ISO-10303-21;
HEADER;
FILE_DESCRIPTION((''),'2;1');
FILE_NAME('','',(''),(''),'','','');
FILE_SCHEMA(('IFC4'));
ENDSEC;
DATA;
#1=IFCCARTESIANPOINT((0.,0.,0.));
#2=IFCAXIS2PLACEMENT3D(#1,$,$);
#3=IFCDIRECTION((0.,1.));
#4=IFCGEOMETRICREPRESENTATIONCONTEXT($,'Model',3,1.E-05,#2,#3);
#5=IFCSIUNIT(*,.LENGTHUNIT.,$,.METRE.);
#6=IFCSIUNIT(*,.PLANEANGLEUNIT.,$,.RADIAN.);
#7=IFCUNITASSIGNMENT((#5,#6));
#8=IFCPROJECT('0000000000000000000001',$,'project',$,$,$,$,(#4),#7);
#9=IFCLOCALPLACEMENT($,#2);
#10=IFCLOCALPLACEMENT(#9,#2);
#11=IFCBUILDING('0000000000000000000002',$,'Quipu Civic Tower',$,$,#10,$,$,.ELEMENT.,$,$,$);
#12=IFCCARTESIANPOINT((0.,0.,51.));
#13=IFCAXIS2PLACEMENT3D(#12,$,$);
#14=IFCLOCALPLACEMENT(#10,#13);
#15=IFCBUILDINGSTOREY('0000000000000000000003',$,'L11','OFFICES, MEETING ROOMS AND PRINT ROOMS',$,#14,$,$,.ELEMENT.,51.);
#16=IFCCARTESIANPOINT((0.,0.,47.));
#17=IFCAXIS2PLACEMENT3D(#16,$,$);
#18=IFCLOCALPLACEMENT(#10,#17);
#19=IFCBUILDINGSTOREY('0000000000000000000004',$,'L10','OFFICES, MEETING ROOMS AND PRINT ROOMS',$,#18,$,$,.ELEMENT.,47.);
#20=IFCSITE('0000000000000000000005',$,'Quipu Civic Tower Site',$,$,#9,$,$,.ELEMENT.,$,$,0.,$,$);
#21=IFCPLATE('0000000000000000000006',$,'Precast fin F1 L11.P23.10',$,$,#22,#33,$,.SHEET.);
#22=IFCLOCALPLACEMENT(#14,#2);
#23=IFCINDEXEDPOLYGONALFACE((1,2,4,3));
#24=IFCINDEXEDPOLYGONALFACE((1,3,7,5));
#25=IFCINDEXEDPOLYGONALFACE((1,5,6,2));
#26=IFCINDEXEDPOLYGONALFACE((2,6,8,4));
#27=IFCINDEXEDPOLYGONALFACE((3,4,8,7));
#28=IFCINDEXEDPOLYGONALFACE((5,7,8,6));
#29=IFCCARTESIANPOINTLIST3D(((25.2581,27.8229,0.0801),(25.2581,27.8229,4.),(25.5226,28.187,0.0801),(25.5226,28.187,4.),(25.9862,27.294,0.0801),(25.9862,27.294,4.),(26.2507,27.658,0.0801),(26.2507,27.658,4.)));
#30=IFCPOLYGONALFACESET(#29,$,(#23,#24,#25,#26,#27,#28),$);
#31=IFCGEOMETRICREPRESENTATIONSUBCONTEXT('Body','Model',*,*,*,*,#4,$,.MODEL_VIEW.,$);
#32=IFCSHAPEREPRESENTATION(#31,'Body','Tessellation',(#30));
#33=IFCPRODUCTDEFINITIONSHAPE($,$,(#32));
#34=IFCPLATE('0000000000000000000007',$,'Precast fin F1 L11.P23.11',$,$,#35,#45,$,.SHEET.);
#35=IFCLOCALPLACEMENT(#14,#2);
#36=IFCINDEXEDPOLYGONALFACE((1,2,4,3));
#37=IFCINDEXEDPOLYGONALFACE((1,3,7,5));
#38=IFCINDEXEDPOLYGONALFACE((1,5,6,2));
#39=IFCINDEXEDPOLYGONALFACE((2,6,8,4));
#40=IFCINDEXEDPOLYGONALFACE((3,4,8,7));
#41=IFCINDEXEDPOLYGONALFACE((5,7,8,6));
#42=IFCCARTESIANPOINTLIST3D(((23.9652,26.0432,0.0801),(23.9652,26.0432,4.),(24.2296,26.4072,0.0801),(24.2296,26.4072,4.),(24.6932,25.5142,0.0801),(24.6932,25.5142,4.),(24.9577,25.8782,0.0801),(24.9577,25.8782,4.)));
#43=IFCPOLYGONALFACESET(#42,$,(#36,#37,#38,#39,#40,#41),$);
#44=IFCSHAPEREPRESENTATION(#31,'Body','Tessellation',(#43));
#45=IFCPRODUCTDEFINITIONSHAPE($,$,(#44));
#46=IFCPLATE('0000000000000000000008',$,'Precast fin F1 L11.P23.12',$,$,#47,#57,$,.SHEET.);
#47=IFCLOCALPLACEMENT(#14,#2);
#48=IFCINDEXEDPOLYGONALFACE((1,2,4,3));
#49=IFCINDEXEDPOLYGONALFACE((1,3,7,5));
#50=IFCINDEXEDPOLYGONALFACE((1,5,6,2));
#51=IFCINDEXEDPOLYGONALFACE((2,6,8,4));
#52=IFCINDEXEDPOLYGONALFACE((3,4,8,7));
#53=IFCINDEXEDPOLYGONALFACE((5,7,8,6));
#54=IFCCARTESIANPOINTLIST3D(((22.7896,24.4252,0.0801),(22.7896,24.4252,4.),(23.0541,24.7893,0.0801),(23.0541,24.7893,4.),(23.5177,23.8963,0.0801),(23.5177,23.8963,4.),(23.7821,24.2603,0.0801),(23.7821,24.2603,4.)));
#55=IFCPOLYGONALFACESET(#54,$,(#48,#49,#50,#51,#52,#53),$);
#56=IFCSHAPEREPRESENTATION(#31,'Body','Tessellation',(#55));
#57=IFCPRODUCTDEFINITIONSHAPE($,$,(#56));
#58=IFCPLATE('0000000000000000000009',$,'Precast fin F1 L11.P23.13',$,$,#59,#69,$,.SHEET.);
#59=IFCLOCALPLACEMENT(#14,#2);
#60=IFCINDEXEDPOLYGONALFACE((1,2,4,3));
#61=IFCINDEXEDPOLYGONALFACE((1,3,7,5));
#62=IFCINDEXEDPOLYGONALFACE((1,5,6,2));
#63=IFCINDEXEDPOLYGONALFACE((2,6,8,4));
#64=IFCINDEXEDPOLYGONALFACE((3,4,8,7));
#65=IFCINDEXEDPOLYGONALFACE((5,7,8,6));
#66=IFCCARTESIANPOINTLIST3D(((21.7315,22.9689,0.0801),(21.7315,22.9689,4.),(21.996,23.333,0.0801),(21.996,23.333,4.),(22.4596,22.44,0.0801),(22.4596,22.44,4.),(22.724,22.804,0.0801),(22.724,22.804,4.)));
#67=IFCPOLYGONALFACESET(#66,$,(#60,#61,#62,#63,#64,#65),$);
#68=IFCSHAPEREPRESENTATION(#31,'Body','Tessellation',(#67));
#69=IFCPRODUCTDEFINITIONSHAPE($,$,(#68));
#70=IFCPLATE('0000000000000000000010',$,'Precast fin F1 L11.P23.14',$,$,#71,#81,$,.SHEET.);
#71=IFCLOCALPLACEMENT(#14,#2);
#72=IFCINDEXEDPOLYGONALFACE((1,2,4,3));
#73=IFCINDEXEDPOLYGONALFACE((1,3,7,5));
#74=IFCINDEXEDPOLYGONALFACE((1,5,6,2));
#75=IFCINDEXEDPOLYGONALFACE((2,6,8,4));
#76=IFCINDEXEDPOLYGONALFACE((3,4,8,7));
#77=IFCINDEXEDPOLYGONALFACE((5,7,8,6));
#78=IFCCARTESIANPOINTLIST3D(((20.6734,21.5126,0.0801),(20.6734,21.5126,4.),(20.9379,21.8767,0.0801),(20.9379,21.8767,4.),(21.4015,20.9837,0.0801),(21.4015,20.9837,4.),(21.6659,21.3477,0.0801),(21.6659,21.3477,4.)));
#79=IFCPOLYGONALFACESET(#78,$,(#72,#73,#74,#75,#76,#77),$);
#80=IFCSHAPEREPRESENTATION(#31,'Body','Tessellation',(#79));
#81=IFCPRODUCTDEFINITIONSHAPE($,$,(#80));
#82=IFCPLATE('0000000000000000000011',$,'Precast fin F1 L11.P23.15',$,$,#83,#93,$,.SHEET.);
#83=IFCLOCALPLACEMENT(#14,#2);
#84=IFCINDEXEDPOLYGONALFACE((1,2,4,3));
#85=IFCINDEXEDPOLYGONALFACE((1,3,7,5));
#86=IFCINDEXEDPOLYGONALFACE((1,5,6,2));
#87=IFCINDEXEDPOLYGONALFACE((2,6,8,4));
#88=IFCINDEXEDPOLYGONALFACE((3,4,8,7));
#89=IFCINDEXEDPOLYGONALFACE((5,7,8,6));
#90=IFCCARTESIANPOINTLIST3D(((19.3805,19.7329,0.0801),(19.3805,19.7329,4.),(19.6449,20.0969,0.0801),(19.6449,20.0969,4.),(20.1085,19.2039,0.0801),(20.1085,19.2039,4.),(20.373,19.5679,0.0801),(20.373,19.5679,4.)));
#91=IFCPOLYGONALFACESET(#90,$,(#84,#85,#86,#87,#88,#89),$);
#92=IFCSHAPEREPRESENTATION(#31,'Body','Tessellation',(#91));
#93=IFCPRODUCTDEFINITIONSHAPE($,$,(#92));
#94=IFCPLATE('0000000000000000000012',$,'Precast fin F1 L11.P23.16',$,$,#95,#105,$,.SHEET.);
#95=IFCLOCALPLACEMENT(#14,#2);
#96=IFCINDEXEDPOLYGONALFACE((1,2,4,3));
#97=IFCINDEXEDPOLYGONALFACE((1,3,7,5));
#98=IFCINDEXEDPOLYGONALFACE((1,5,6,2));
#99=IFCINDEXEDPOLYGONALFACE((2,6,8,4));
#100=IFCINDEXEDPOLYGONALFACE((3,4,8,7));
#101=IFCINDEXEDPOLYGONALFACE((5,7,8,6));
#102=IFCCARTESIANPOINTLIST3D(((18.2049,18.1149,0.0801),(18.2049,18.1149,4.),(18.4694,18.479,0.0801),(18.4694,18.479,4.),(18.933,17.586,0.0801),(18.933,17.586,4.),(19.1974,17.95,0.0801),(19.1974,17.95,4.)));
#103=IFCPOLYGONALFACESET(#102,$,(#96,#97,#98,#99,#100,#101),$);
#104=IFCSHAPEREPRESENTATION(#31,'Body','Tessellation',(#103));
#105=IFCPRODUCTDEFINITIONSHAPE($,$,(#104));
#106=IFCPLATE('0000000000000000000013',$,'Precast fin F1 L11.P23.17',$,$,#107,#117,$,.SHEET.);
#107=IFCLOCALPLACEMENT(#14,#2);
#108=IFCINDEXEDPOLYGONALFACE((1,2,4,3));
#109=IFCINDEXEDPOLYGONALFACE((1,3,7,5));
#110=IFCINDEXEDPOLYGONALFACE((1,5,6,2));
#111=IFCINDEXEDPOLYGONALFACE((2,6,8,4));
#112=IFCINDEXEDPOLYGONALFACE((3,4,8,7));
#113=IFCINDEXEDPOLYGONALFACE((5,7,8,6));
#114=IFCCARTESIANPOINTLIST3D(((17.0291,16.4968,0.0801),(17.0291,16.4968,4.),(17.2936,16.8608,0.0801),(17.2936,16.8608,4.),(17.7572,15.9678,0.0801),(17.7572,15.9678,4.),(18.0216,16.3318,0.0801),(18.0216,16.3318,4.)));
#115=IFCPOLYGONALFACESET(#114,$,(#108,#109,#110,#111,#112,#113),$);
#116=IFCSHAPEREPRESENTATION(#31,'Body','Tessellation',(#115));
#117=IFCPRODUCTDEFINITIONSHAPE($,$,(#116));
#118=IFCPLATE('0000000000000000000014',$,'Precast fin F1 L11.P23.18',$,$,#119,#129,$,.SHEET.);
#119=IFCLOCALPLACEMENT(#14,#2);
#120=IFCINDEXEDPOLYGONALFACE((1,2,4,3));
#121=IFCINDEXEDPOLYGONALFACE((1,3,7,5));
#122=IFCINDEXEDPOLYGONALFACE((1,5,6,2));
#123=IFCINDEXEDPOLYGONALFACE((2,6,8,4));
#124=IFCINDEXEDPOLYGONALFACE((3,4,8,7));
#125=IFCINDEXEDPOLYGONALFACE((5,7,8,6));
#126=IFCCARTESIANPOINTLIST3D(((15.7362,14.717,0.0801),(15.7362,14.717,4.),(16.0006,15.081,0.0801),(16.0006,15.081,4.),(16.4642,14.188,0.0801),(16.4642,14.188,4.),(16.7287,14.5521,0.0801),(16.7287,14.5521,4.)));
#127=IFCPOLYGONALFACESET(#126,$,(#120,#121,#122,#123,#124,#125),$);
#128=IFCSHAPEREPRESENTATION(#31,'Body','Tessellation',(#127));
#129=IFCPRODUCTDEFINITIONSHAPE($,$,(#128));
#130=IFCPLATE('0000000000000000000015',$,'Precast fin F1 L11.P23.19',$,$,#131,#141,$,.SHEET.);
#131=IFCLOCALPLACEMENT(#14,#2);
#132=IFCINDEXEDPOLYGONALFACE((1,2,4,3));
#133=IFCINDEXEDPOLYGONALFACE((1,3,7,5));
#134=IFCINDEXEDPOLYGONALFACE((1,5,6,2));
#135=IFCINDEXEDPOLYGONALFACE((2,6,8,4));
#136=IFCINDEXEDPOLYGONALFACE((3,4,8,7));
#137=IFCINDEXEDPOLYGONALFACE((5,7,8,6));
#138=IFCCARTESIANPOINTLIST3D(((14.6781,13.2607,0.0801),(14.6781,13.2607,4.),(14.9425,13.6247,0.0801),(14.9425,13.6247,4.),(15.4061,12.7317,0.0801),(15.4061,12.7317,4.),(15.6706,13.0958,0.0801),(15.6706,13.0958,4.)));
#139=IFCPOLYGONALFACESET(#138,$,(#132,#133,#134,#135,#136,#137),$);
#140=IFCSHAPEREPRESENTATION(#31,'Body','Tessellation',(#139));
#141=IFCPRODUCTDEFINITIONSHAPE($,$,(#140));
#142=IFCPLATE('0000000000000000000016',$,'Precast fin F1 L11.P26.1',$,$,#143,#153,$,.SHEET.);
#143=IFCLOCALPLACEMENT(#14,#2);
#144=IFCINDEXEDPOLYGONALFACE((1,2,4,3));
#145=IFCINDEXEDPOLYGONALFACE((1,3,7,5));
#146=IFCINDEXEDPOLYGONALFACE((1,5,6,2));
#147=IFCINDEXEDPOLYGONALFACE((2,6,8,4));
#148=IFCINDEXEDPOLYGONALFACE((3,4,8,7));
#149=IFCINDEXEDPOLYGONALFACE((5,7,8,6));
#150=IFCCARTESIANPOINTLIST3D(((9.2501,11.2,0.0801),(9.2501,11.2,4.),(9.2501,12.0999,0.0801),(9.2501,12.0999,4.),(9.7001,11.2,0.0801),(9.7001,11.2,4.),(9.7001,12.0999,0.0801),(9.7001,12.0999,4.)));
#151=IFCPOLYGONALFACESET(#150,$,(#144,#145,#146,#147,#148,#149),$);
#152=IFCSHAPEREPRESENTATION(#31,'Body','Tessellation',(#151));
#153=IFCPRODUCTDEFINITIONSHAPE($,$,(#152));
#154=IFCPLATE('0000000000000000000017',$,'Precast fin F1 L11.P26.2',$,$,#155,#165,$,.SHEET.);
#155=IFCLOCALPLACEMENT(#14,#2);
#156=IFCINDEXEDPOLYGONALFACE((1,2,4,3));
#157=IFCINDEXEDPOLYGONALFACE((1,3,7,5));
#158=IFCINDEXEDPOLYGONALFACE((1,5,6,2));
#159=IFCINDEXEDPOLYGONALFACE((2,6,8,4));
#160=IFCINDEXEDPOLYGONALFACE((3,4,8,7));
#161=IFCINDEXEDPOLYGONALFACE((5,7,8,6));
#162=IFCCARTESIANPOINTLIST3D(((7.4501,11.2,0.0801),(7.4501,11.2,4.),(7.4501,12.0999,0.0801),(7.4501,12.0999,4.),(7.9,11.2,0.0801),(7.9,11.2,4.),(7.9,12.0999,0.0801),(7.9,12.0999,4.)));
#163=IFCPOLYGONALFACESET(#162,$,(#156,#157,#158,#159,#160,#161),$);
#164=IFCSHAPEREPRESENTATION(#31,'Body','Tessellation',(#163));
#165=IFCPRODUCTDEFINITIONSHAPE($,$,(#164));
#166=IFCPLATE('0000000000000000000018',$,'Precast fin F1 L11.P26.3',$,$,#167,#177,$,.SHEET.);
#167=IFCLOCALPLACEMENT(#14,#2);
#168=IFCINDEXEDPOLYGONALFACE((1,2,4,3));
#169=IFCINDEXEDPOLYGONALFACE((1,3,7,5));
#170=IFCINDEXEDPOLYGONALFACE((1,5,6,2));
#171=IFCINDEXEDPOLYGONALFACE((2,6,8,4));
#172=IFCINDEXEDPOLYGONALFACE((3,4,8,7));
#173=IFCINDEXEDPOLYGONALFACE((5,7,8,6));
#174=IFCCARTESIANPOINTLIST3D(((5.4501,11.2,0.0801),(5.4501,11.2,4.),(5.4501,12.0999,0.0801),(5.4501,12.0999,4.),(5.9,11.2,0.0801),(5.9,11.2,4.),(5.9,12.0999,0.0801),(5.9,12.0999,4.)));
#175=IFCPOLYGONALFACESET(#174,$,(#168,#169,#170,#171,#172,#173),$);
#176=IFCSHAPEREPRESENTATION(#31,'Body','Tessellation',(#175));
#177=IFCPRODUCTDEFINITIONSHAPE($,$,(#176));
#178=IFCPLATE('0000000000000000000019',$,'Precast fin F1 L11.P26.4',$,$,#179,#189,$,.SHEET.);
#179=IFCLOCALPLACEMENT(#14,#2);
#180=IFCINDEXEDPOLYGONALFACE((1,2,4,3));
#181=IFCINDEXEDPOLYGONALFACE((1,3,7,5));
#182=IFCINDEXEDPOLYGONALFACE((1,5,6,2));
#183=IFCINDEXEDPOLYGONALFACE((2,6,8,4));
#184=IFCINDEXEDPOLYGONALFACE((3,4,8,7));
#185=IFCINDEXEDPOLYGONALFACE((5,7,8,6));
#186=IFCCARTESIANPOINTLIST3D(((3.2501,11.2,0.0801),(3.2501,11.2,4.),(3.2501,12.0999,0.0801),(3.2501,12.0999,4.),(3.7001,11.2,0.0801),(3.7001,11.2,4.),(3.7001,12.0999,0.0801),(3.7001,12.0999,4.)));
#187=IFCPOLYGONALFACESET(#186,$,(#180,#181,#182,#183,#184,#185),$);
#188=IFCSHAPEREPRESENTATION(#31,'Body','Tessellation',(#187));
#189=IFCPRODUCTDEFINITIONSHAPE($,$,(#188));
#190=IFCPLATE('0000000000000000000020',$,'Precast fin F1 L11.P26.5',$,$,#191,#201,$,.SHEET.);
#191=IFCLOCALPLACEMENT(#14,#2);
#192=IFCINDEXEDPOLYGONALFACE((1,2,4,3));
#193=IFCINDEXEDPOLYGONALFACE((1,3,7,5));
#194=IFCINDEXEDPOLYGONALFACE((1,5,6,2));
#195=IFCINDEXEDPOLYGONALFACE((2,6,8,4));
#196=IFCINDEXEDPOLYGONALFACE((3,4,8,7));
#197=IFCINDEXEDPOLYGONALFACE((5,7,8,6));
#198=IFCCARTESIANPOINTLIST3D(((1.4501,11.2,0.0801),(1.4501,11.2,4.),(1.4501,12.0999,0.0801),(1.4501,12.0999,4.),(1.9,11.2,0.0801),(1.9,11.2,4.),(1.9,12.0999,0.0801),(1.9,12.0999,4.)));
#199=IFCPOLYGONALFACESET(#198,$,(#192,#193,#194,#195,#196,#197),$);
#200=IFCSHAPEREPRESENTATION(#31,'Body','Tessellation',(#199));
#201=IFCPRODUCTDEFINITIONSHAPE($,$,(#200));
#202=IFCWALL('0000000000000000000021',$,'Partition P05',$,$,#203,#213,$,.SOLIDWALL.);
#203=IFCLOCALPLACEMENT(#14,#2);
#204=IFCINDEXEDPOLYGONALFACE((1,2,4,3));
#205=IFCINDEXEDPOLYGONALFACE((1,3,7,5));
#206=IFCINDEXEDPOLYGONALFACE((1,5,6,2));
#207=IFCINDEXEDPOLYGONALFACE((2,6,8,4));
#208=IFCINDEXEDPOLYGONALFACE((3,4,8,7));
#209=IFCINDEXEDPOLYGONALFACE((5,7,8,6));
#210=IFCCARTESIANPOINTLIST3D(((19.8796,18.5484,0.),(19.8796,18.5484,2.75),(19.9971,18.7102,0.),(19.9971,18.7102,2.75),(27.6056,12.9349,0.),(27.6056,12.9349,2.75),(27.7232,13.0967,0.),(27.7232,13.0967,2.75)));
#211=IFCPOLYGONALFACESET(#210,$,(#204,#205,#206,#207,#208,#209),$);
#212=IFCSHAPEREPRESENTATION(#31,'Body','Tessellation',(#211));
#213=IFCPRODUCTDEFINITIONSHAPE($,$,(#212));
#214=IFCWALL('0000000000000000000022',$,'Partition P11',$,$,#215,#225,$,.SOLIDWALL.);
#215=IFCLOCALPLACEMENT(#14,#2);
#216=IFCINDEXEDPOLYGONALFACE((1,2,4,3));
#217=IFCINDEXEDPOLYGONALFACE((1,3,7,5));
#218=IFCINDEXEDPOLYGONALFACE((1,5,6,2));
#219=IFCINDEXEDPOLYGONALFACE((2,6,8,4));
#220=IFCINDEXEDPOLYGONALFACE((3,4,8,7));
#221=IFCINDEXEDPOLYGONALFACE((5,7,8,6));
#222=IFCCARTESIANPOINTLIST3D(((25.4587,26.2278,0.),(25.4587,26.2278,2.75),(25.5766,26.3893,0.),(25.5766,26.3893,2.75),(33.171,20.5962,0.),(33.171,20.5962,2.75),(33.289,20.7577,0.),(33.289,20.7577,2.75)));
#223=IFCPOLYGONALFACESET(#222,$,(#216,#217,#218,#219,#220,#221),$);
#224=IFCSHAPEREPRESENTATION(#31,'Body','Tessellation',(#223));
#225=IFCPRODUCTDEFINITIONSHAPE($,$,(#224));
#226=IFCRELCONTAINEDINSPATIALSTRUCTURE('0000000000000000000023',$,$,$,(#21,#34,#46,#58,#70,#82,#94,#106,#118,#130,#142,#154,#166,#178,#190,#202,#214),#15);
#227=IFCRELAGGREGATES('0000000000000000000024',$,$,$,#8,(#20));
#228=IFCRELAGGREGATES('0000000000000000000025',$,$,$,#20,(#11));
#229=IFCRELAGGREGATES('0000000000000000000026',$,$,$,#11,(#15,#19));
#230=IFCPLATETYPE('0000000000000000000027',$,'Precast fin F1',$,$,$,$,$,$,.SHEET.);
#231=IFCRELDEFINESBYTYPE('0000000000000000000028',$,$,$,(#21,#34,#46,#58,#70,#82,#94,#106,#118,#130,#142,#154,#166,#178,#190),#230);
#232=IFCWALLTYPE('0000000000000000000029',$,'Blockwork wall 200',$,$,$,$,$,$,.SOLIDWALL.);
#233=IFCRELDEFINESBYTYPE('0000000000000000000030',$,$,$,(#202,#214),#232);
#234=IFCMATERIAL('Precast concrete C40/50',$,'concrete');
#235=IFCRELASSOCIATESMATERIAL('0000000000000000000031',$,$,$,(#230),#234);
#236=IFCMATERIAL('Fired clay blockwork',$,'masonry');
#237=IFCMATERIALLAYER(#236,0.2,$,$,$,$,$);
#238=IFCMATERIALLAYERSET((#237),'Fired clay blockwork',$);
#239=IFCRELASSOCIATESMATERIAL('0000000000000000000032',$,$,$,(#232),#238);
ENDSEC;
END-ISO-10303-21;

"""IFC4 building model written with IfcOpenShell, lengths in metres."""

from ifc_helpers import new_model, si_unit, direction, frame, frame_2d, origin, origin_2d, place, context, subcontext, project, spatial, rectangle, extrude, material, layer, layer_set, type_object, element, save


model = new_model("IFC4")

# Units and contexts
model_context = context("Model", 3, precision=1e-05, world=origin(), true_north=direction((0.0, 1.0)))
body_context = subcontext(model_context, "Body", "Model", "MODEL_VIEW")
ifc_project = project(units=[si_unit("LENGTHUNIT", "METRE"), si_unit("PLANEANGLEUNIT", "RADIAN")], contexts=[model_context])

# Site, building, storey
site_placement = place(None, origin())
site = spatial("IfcSite", under=ifc_project, at=site_placement, Name="Quipu Civic Tower Site", CompositionType="ELEMENT", RefElevation=0.0)
building_placement = place(site_placement, origin())
building = spatial("IfcBuilding", under=site, at=building_placement, Name="Quipu Civic Tower", CompositionType="ELEMENT")
storey_1_placement = place(building_placement, frame((0.0, 0.0, 51.0)))
storey_1 = spatial("IfcBuildingStorey", under=building, at=storey_1_placement, Name="L11", Description="OFFICES, MEETING ROOMS AND PRINT ROOMS", CompositionType="ELEMENT", Elevation=51.0)

# Shared definitions
storey_2_placement = place(building_placement, frame((0.0, 0.0, 47.0)))
storey_2 = spatial("IfcBuildingStorey", under=building, at=storey_2_placement, Name="L10", Description="OFFICES, MEETING ROOMS AND PRINT ROOMS", CompositionType="ELEMENT", Elevation=47.0)

# Plates
ifc_material_1 = material(Name="Precast concrete C40/50", Category="concrete")
plate_type_1 = type_object("IfcPlateType", Name="Precast fin F1", PredefinedType="SHEET", material=ifc_material_1)
for number, where, z_axis, x_axis, name in (
    (1, (25.7544, 27.7405, 0.0801), (0.0, 0.0, 1.0), (-0.587785, -0.809017, 0.0), "Precast fin F1 L11.P23.10"),
    (2, (24.4614, 25.9607, 0.0801), (0.0, 0.0, 1.0), (-0.587785, -0.809017, 0.0), "Precast fin F1 L11.P23.11"),
    (3, (23.2859, 24.3428, 0.0801), (0.0, 0.0, 1.0), (-0.587785, -0.809017, 0.0), "Precast fin F1 L11.P23.12"),
    (4, (22.2278, 22.8865, 0.0801), (0.0, 0.0, 1.0), (-0.587785, -0.809017, 0.0), "Precast fin F1 L11.P23.13"),
    (5, (21.1697, 21.4302, 0.0801), (0.0, 0.0, 1.0), (-0.587785, -0.809017, 0.0), "Precast fin F1 L11.P23.14"),
    (6, (19.8767, 19.6504, 0.0801), (0.0, 0.0, 1.0), (-0.587785, -0.809017, 0.0), "Precast fin F1 L11.P23.15"),
    (7, (18.7012, 18.0325, 0.0801), (0.0, 0.0, 1.0), (-0.587785, -0.809017, 0.0), "Precast fin F1 L11.P23.16"),
    (8, (17.5254, 16.4143, 0.0801), (0.0, 0.0, 1.0), (-0.587785, -0.809017, 0.0), "Precast fin F1 L11.P23.17"),
    (9, (16.2324, 14.6345, 0.0801), (0.0, 0.0, 1.0), (-0.587785, -0.809017, 0.0), "Precast fin F1 L11.P23.18"),
    (10, (15.1743, 13.1782, 0.0801), (0.0, 0.0, 1.0), (-0.587785, -0.809017, 0.0), "Precast fin F1 L11.P23.19"),
    (11, (9.4751, 11.6499, 0.0801), (0.0, 0.0, 1.0), (-1.0, 0.0, 0.0), "Precast fin F1 L11.P26.1"),
    (12, (7.675, 11.6499, 0.0801), (0.0, 0.0, 1.0), (-1.0, 0.0, 0.0), "Precast fin F1 L11.P26.2"),
    (13, (5.675, 11.6499, 0.0801), (0.0, 0.0, 1.0), (-1.0, 0.0, 0.0), "Precast fin F1 L11.P26.3"),
    (14, (3.4751, 11.6499, 0.0801), (0.0, 0.0, 1.0), (-1.0, 0.0, 0.0), "Precast fin F1 L11.P26.4"),
    (15, (1.675, 11.6499, 0.0801), (0.0, 0.0, 1.0), (-1.0, 0.0, 0.0), "Precast fin F1 L11.P26.5"),
):
    element("IfcPlate", number, at=place(storey_1_placement, frame(where, z_axis=z_axis, x_axis=x_axis)), inside=storey_1, type_object=plate_type_1, Name=name, PredefinedType="SHEET", context=body_context, shape_type="SweptSolid", body=[
        extrude(rectangle(XDim=0.45, YDim=0.8999, at=origin_2d()), origin(), (0.0, 0.0, 1.0), 3.9199),
    ])

# Walls
ifc_material_2 = material(Name="Fired clay blockwork", Category="masonry")
ifc_layer_1 = layer(ifc_material_2, 0.2)
ifc_layer_set_1 = layer_set([ifc_layer_1], Name="Fired clay blockwork")
wall_type = type_object("IfcWallType", Name="Blockwork wall 200", PredefinedType="SOLIDWALL", material=ifc_layer_set_1)
wall_1_placement = place(storey_1_placement, frame((27.6643, 13.0159, 0.0), z_axis=(0.0, 0.0, 1.0), x_axis=(-0.809007, 0.587799, 0.0)))
element("IfcWall", 16, at=wall_1_placement, inside=storey_1, type_object=wall_type, Name="Partition P05", PredefinedType="SOLIDWALL", context=body_context, shape_type="SweptSolid", body=[
    extrude(rectangle(XDim=9.55, YDim=0.2, at=frame_2d((4.7749, 0.0))), origin(), (0.0, 0.0, 1.0), 2.75),
])
wall_2_placement = place(storey_1_placement, frame((25.5176, 26.3086, 0.0), z_axis=(0.0, 0.0, 1.0), x_axis=(0.80761, -0.589717, 0.0)))
element("IfcWall", 17, at=wall_2_placement, inside=storey_1, type_object=wall_type, Name="Partition P11", PredefinedType="SOLIDWALL", context=body_context, shape_type="SweptSolid", body=[
    extrude(rectangle(XDim=9.5496, YDim=0.2, at=frame_2d((4.7749, 0.0))), origin(), (0.0, 0.0, 1.0), 2.75),
])

save(model, "model.ifc")
